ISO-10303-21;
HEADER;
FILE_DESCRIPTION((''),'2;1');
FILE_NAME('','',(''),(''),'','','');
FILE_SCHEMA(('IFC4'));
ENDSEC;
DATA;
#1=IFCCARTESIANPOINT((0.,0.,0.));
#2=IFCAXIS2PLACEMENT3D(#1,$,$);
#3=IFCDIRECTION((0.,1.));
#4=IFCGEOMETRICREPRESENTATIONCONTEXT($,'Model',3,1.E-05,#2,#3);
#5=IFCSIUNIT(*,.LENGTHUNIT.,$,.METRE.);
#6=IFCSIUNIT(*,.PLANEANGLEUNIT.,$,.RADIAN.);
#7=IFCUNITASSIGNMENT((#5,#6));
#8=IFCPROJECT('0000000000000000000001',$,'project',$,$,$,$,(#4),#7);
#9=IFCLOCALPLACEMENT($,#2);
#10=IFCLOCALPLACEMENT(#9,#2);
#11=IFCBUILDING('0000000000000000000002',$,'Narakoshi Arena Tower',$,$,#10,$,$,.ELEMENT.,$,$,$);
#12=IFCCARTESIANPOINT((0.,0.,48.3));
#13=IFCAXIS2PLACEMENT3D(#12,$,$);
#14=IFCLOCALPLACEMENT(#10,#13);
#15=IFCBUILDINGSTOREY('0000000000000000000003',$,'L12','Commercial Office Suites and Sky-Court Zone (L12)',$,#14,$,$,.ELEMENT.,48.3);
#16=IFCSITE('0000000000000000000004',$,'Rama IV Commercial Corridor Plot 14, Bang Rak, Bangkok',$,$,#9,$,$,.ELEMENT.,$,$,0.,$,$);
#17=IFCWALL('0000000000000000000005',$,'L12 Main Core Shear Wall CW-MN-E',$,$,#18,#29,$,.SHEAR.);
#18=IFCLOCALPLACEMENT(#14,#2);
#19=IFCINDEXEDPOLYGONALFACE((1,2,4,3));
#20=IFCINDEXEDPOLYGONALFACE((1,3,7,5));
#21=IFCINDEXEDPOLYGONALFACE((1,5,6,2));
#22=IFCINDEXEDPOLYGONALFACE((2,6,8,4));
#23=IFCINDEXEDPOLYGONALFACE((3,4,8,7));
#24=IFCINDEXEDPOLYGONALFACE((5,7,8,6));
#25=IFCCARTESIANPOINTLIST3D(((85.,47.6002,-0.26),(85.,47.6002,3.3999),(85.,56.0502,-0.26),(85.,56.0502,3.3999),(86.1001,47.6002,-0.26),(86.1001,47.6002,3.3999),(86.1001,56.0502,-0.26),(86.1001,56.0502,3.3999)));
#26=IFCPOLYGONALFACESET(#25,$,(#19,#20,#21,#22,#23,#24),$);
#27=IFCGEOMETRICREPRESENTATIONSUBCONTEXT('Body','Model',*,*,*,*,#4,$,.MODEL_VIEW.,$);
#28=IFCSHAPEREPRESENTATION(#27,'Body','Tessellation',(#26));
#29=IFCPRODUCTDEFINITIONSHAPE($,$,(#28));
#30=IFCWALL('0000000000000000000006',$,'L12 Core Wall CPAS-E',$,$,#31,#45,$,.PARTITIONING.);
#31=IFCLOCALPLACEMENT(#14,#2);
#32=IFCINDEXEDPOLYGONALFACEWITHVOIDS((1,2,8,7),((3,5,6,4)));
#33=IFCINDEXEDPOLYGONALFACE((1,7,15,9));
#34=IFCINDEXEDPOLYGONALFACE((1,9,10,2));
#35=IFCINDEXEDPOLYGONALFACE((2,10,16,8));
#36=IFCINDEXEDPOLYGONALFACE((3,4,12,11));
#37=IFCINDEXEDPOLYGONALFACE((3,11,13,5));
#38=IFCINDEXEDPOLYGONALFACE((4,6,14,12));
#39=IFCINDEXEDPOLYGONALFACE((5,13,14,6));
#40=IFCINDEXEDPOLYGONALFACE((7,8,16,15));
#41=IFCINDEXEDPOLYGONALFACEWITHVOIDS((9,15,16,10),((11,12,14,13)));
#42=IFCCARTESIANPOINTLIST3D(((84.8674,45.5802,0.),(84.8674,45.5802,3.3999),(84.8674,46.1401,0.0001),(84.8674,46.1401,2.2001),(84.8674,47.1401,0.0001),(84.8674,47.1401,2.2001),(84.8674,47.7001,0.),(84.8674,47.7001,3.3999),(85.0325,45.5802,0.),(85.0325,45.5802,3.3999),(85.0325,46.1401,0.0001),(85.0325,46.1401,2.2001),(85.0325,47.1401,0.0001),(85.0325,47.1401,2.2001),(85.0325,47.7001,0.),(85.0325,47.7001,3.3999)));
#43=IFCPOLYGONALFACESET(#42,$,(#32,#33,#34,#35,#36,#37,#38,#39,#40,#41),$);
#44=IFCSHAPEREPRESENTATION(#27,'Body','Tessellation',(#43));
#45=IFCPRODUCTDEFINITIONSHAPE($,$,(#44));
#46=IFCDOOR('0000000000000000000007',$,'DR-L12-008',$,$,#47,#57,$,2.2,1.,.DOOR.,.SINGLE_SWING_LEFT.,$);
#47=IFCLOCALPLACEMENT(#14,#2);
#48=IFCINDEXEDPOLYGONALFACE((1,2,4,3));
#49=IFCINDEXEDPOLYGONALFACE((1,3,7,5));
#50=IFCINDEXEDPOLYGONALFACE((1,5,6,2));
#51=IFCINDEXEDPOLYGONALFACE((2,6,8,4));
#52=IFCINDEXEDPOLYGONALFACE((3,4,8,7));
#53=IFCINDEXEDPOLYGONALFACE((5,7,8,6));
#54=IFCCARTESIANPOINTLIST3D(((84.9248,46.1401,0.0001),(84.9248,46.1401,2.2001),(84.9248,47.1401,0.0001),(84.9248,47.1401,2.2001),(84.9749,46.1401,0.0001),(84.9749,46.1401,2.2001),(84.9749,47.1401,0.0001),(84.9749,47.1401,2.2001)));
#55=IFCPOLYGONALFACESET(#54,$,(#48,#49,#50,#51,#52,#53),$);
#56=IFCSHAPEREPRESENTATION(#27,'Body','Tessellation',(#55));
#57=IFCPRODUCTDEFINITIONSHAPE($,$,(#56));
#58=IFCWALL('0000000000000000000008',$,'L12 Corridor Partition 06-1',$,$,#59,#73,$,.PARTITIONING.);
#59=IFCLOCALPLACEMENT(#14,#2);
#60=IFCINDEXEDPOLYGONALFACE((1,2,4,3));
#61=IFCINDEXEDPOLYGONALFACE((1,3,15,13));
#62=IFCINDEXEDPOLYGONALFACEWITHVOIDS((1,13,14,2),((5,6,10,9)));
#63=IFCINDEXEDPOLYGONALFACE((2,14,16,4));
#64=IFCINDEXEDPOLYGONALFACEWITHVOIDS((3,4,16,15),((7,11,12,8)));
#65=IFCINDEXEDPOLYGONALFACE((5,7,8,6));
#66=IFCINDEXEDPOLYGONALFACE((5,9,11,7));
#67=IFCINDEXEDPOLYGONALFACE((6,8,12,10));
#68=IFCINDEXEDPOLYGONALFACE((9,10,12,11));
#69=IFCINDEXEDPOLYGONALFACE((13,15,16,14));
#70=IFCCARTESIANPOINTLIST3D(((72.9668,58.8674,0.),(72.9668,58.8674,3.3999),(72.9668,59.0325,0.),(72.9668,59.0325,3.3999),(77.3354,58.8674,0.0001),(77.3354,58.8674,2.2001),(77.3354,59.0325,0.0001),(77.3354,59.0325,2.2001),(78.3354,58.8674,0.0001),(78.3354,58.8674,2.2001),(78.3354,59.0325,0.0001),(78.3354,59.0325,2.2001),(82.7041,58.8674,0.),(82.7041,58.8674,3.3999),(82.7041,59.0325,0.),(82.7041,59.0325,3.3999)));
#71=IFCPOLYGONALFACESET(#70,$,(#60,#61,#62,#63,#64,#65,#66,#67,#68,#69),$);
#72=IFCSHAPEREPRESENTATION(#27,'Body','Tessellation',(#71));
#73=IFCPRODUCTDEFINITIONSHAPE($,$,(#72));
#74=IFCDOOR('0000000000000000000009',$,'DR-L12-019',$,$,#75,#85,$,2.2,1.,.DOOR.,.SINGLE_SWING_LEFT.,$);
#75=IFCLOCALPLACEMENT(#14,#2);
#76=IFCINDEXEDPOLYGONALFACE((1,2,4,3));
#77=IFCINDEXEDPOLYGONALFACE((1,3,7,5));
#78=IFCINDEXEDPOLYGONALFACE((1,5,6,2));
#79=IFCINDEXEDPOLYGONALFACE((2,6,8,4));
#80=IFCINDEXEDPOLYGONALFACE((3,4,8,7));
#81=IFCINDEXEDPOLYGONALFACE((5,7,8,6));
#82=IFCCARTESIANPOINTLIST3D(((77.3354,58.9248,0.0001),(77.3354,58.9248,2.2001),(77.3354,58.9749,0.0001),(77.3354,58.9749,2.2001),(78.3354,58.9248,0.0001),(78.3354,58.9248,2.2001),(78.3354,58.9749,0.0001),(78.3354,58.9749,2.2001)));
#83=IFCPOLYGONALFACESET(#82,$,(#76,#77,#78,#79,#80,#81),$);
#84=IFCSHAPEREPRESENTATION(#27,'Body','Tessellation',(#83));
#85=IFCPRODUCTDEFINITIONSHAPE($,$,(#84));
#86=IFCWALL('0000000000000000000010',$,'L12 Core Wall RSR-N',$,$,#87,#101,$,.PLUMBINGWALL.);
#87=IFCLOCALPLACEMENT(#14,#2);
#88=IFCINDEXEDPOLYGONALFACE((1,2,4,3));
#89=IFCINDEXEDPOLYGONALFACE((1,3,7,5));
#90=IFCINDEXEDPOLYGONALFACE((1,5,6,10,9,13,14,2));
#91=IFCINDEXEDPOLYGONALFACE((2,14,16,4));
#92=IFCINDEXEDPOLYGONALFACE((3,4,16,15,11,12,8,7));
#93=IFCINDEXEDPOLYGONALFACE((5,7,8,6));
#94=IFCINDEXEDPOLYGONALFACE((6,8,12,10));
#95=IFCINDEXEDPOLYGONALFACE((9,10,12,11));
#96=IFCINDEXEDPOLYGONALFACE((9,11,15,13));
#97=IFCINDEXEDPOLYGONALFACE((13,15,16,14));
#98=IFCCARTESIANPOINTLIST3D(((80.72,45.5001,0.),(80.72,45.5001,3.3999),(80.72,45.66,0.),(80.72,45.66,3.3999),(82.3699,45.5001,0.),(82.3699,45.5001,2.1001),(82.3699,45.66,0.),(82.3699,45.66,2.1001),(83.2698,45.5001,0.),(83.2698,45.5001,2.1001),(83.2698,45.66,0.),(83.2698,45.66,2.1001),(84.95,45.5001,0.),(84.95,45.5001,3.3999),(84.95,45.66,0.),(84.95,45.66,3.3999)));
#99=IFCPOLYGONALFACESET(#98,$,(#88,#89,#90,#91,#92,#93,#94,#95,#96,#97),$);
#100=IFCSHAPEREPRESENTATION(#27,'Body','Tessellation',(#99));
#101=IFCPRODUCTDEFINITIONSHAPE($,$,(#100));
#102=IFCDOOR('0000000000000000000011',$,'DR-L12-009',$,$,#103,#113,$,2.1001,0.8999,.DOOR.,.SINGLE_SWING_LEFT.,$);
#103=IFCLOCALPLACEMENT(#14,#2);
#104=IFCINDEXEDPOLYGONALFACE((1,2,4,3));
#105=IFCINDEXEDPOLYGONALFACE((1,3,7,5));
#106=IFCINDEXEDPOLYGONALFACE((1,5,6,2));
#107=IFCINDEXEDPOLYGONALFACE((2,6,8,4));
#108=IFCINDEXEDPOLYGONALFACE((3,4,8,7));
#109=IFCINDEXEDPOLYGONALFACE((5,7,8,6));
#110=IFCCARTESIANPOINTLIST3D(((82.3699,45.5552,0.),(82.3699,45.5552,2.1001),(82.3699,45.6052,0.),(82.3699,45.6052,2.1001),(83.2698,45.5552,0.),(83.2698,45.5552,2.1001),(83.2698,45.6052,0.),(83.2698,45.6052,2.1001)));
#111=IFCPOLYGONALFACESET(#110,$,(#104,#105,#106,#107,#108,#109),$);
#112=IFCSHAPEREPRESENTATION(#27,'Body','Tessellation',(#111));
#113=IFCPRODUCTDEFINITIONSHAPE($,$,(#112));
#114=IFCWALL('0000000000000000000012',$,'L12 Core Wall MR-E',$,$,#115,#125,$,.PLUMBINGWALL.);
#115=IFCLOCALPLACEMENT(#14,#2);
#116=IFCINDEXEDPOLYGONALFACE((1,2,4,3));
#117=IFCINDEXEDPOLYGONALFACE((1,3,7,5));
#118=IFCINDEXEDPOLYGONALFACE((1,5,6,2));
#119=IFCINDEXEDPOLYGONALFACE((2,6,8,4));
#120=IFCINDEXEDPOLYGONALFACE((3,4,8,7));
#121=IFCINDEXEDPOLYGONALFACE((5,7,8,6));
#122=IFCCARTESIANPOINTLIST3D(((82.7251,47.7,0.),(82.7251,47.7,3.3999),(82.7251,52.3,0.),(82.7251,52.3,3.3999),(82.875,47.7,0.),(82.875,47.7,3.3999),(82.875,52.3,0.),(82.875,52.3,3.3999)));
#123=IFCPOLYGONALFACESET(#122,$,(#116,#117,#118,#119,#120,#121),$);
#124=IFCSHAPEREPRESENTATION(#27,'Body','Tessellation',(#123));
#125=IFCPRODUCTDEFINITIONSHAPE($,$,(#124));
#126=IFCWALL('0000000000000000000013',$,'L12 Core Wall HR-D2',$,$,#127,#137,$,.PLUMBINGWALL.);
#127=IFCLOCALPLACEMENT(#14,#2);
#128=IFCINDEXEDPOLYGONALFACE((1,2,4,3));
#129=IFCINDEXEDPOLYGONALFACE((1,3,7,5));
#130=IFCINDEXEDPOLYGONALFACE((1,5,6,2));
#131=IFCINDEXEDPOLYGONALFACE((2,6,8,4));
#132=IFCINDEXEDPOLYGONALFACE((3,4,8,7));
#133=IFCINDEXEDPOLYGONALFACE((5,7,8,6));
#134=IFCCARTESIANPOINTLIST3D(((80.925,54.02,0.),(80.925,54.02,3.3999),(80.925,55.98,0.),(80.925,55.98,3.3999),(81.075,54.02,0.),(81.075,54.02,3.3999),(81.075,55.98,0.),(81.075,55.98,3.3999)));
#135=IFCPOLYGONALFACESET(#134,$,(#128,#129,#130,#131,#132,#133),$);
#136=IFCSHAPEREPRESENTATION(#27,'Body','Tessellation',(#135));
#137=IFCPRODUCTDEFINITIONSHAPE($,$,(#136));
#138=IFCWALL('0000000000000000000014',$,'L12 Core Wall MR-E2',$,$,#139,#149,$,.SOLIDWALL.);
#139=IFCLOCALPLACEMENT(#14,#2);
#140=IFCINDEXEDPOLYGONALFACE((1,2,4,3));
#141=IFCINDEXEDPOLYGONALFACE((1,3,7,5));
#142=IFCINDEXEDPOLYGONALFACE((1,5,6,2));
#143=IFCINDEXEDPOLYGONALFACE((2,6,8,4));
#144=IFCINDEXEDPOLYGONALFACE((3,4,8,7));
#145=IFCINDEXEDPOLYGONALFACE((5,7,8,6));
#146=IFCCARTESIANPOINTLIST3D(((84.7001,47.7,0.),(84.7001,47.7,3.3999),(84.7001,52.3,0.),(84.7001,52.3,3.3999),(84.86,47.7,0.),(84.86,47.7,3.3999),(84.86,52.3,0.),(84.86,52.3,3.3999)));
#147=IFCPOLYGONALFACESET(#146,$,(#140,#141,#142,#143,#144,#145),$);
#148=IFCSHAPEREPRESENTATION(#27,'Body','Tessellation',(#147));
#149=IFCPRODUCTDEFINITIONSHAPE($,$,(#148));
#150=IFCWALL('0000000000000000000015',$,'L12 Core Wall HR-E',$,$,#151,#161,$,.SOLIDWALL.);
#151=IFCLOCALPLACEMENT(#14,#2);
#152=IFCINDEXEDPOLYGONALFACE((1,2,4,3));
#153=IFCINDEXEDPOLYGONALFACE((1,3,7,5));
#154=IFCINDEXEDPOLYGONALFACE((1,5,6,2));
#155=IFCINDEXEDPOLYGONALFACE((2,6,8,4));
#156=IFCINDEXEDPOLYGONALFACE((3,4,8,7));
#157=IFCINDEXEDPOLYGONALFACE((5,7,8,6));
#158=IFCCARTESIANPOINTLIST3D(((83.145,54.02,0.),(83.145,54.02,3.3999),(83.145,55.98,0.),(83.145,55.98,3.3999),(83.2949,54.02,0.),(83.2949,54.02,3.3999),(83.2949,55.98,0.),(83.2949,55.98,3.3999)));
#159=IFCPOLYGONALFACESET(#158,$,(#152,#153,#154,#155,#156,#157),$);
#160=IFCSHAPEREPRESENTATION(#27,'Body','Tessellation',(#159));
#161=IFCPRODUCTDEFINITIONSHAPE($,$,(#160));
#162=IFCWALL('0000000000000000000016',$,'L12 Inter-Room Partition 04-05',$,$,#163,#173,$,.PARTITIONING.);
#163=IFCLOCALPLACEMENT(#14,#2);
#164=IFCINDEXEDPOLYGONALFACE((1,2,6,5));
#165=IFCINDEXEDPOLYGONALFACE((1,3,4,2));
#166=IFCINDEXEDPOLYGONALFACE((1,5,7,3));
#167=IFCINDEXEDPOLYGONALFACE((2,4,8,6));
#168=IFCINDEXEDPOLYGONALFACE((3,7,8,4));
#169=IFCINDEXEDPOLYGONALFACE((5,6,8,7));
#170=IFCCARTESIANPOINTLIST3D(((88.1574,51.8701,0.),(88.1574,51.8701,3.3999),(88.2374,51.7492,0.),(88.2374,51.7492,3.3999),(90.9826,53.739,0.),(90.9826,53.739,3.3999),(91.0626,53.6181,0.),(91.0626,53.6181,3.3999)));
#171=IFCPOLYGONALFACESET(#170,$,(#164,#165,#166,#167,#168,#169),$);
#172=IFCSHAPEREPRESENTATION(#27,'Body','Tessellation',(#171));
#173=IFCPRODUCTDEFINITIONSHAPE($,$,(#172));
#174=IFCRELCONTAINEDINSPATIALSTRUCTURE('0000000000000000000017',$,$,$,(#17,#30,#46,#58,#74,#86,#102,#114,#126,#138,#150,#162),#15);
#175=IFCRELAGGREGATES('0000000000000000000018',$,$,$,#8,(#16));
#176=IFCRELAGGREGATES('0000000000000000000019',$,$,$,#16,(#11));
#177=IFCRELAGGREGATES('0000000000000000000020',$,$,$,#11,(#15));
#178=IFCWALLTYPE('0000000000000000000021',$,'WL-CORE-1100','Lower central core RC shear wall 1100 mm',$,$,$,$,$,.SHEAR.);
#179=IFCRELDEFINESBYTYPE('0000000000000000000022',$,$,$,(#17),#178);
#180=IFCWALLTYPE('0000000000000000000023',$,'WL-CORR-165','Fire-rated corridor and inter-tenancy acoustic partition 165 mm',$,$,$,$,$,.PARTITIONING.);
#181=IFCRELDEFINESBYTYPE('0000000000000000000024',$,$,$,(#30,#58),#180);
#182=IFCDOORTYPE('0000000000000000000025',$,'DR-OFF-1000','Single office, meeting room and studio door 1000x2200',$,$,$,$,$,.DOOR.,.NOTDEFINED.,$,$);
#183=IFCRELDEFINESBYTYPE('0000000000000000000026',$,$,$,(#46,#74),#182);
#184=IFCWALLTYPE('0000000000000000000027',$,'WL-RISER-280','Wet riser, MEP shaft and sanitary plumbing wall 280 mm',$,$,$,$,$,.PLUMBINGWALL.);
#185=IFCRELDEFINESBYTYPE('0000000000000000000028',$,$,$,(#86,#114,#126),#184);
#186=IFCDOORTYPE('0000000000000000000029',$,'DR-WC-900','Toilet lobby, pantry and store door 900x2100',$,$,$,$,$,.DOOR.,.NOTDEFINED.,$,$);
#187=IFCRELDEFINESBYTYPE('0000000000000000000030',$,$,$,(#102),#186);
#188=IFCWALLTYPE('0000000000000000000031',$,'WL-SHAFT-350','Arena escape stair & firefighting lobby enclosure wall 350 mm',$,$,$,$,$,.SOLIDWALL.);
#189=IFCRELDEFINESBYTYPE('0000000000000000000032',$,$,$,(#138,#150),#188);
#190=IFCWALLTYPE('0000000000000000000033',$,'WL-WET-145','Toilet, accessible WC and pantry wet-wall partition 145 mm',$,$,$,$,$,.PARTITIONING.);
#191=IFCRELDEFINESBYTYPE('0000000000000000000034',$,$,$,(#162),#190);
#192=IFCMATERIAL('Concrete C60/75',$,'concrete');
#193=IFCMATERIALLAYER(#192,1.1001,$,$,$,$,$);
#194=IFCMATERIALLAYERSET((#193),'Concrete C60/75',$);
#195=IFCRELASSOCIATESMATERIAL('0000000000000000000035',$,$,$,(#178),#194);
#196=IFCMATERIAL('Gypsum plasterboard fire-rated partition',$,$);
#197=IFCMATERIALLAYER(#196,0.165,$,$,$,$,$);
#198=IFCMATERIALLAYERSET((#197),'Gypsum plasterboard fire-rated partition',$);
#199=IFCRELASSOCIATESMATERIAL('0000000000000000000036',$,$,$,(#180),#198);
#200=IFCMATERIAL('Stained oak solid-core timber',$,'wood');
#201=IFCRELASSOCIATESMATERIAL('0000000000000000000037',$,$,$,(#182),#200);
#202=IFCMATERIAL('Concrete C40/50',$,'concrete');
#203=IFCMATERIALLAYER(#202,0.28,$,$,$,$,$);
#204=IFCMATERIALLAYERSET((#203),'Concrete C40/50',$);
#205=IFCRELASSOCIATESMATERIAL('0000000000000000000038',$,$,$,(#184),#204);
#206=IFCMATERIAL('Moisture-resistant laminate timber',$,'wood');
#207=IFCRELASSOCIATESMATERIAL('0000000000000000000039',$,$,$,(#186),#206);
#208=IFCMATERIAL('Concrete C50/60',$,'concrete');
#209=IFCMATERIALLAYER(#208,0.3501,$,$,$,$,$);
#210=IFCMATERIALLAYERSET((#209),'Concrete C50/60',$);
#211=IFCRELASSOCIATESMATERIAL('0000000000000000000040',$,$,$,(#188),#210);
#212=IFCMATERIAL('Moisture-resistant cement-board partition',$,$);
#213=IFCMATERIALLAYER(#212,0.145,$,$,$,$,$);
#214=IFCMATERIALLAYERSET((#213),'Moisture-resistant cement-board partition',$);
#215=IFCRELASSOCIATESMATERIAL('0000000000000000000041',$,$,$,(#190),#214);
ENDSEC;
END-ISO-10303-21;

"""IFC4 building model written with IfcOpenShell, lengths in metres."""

from ifc_helpers import new_model, si_unit, direction, frame, frame_2d, origin, place, context, subcontext, project, spatial, rectangle, extrude, material, layer, layer_set, type_object, element, fill, save


model = new_model("IFC4")

# Units and contexts
model_context = context("Model", 3, precision=1e-05, world=origin(), true_north=direction((0.0, 1.0)))
body_context = subcontext(model_context, "Body", "Model", "MODEL_VIEW")
ifc_project = project(units=[si_unit("LENGTHUNIT", "METRE"), si_unit("PLANEANGLEUNIT", "RADIAN")], contexts=[model_context])

# Site, building, storey
site_placement = place(None, origin())
site = spatial("IfcSite", under=ifc_project, at=site_placement, Name="Rama IV Commercial Corridor Plot 14, Bang Rak, Bangkok", CompositionType="ELEMENT", RefElevation=0.0)
building_placement = place(site_placement, origin())
building = spatial("IfcBuilding", under=site, at=building_placement, Name="Narakoshi Arena Tower", CompositionType="ELEMENT")
storey_placement = place(building_placement, frame((0.0, 0.0, 48.3)))
storey = spatial("IfcBuildingStorey", under=building, at=storey_placement, Name="L12", Description="Commercial Office Suites and Sky-Court Zone (L12)", CompositionType="ELEMENT", Elevation=48.3)

# Shared definitions
ifc_material_1 = material(Name="Concrete C60/75", Category="concrete")

# Wall
ifc_layer_1 = layer(ifc_material_1, 1.1001)
ifc_layer_set_1 = layer_set([ifc_layer_1], Name="Concrete C60/75")
wall_type_1 = type_object("IfcWallType", Name="WL-CORE-1100", Description="Lower central core RC shear wall 1100 mm", PredefinedType="SHEAR", material=ifc_layer_set_1)
wall_1_placement = place(storey_placement, frame((85.55, 47.6001, -0.26), z_axis=(0.0, 0.0, 1.0), x_axis=(0.0, 1.0, 0.0)))
element("IfcWall", 1, at=wall_1_placement, inside=storey, type_object=wall_type_1, Name="L12 Main Core Shear Wall CW-MN-E", PredefinedType="SHEAR", context=body_context, shape_type="SweptSolid", body=[
    extrude(rectangle(XDim=8.45, YDim=1.1001, at=frame_2d((4.2251, 0.0))), origin(), (0.0, 0.0, 1.0), 3.6599),
])

# Walls, openings, doors
ifc_material_2 = material(Name="Gypsum plasterboard fire-rated partition")
ifc_layer_2 = layer(ifc_material_2, 0.165)
ifc_layer_set_2 = layer_set([ifc_layer_2], Name="Gypsum plasterboard fire-rated partition")
wall_type_2 = type_object("IfcWallType", Name="WL-CORR-165", Description="Fire-rated corridor and inter-tenancy acoustic partition 165 mm", PredefinedType="PARTITIONING", material=ifc_layer_set_2)
wall_2_placement = place(storey_placement, frame((84.95, 45.5801, 0.0), z_axis=(0.0, 0.0, 1.0), x_axis=(0.0, 1.0, 0.0)))
wall_2 = element("IfcWall", 2, at=wall_2_placement, inside=storey, type_object=wall_type_2, Name="L12 Core Wall CPAS-E", PredefinedType="PARTITIONING", context=body_context, shape_type="SweptSolid", body=[
    extrude(rectangle(XDim=2.1199, YDim=0.165, at=frame_2d((1.0601, 0.0))), origin(), (0.0, 0.0, 1.0), 3.3999),
])
opening_1_placement = place(wall_2_placement, frame((0.5601, 0.0, 0.0)))
opening_1 = element("IfcOpeningElement", 3, at=opening_1_placement, cuts=wall_2, PredefinedType="OPENING", context=body_context, shape_type="SweptSolid", body=[
    extrude(rectangle(XDim=1.0, YDim=2.2, at=frame_2d((0.5, 1.1001))), frame((0.0, 0.0925, 0.0), z_axis=(0.0, -1.0, 0.0), x_axis=(1.0, 0.0, 0.0)), (0.0, 0.0, 1.0), 0.1851),
])
ifc_material_3 = material(Name="Stained oak solid-core timber", Category="wood")
door_type_1 = type_object("IfcDoorType", Name="DR-OFF-1000", Description="Single office, meeting room and studio door 1000x2200", OperationType="NOTDEFINED", PredefinedType="DOOR", material=ifc_material_3)
door_1_placement = place(opening_1_placement, frame((1.0, 0.0, 0.0), z_axis=(0.0, 0.0, 1.0), x_axis=(-1.0, 0.0, 0.0)))
door_1 = element("IfcDoor", 4, at=door_1_placement, inside=storey, type_object=door_type_1, Name="DR-L12-008", OperationType="SINGLE_SWING_LEFT", OverallHeight=2.2, OverallWidth=1.0, PredefinedType="DOOR", context=body_context, shape_type="SweptSolid", body=[
    extrude(rectangle(XDim=1.0, YDim=2.2, at=frame_2d((0.5, 1.1001))), frame((0.0, 0.0249, 0.0), z_axis=(0.0, -1.0, 0.0), x_axis=(1.0, 0.0, 0.0)), (0.0, 0.0, 1.0), 0.05),
])
fill(opening_1, door_1)
wall_3_placement = place(storey_placement, frame((82.7041, 58.95, 0.0), z_axis=(0.0, 0.0, 1.0), x_axis=(-1.0, 0.0, 0.0)))
wall_3 = element("IfcWall", 5, at=wall_3_placement, inside=storey, type_object=wall_type_2, Name="L12 Corridor Partition 06-1", PredefinedType="PARTITIONING", context=body_context, shape_type="SweptSolid", body=[
    extrude(rectangle(XDim=9.7373, YDim=0.165, at=frame_2d((4.8687, 0.0))), origin(), (0.0, 0.0, 1.0), 3.3999),
])
opening_2_placement = place(wall_3_placement, frame((4.3687, 0.0, 0.0)))
opening_2 = element("IfcOpeningElement", 6, at=opening_2_placement, cuts=wall_3, PredefinedType="OPENING", context=body_context, shape_type="SweptSolid", body=[
    extrude(rectangle(XDim=1.0, YDim=2.2, at=frame_2d((0.5, 1.1001))), frame((0.0, 0.0925, 0.0), z_axis=(0.0, -1.0, 0.0), x_axis=(1.0, 0.0, 0.0)), (0.0, 0.0, 1.0), 0.1851),
])
door_2_placement = place(opening_2_placement, frame((1.0, 0.0, 0.0), z_axis=(0.0, 0.0, 1.0), x_axis=(-1.0, 0.0, 0.0)))
door_2 = element("IfcDoor", 7, at=door_2_placement, inside=storey, type_object=door_type_1, Name="DR-L12-019", OperationType="SINGLE_SWING_LEFT", OverallHeight=2.2, OverallWidth=1.0, PredefinedType="DOOR", context=body_context, shape_type="SweptSolid", body=[
    extrude(rectangle(XDim=1.0, YDim=2.2, at=frame_2d((0.5, 1.1001))), frame((0.0, 0.0249, 0.0), z_axis=(0.0, -1.0, 0.0), x_axis=(1.0, 0.0, 0.0)), (0.0, 0.0, 1.0), 0.05),
])
fill(opening_2, door_2)
ifc_material_4 = material(Name="Concrete C40/50", Category="concrete")
ifc_layer_3 = layer(ifc_material_4, 0.28)
ifc_layer_set_3 = layer_set([ifc_layer_3], Name="Concrete C40/50")
wall_type_3 = type_object("IfcWallType", Name="WL-RISER-280", Description="Wet riser, MEP shaft and sanitary plumbing wall 280 mm", PredefinedType="PLUMBINGWALL", material=ifc_layer_set_3)
wall_4_placement = place(storey_placement, frame((80.72, 45.5801, 0.0), z_axis=(0.0, 0.0, 1.0), x_axis=(1.0, 0.0, 0.0)))
wall_4 = element("IfcWall", 8, at=wall_4_placement, inside=storey, type_object=wall_type_3, Name="L12 Core Wall RSR-N", PredefinedType="PLUMBINGWALL", context=body_context, shape_type="SweptSolid", body=[
    extrude(rectangle(XDim=4.23, YDim=0.1599, at=frame_2d((2.115, 0.0))), origin(), (0.0, 0.0, 1.0), 3.3999),
])
opening_3_placement = place(wall_4_placement, frame((1.6499, 0.0, 0.0)))
opening_3 = element("IfcOpeningElement", 9, at=opening_3_placement, cuts=wall_4, PredefinedType="OPENING", context=body_context, shape_type="SweptSolid", body=[
    extrude(rectangle(XDim=0.8999, YDim=2.1001, at=frame_2d((0.45, 1.05))), frame((0.0, 0.0898, 0.0), z_axis=(0.0, -1.0, 0.0), x_axis=(1.0, 0.0, 0.0)), (0.0, 0.0, 1.0), 0.1799),
])
ifc_material_5 = material(Name="Moisture-resistant laminate timber", Category="wood")
door_type_2 = type_object("IfcDoorType", Name="DR-WC-900", Description="Toilet lobby, pantry and store door 900x2100", OperationType="NOTDEFINED", PredefinedType="DOOR", material=ifc_material_5)
door_3_placement = place(opening_3_placement, frame((0.8999, 0.0, 0.0), z_axis=(0.0, 0.0, 1.0), x_axis=(-1.0, 0.0, 0.0)))
door_3 = element("IfcDoor", 10, at=door_3_placement, inside=storey, type_object=door_type_2, Name="DR-L12-009", OperationType="SINGLE_SWING_LEFT", OverallHeight=2.1001, OverallWidth=0.8999, PredefinedType="DOOR", context=body_context, shape_type="SweptSolid", body=[
    extrude(rectangle(XDim=0.8999, YDim=2.1001, at=frame_2d((0.45, 1.05))), frame((0.0, 0.0249, 0.0), z_axis=(0.0, -1.0, 0.0), x_axis=(1.0, 0.0, 0.0)), (0.0, 0.0, 1.0), 0.05),
])
fill(opening_3, door_3)

# Walls
wall_5_placement = place(storey_placement, frame((82.8, 47.7, 0.0), z_axis=(0.0, 0.0, 1.0), x_axis=(0.0, 1.0, 0.0)))
element("IfcWall", 11, at=wall_5_placement, inside=storey, type_object=wall_type_3, Name="L12 Core Wall MR-E", PredefinedType="PLUMBINGWALL", context=body_context, shape_type="SweptSolid", body=[
    extrude(rectangle(XDim=4.6001, YDim=0.1499, at=frame_2d((2.3, 0.0))), origin(), (0.0, 0.0, 1.0), 3.3999),
])
wall_6_placement = place(storey_placement, frame((81.0, 54.02, 0.0), z_axis=(0.0, 0.0, 1.0), x_axis=(0.0, 1.0, 0.0)))
element("IfcWall", 12, at=wall_6_placement, inside=storey, type_object=wall_type_3, Name="L12 Core Wall HR-D2", PredefinedType="PLUMBINGWALL", context=body_context, shape_type="SweptSolid", body=[
    extrude(rectangle(XDim=1.96, YDim=0.1499, at=frame_2d((0.98, 0.0))), origin(), (0.0, 0.0, 1.0), 3.3999),
])
ifc_material_6 = material(Name="Concrete C50/60", Category="concrete")
ifc_layer_4 = layer(ifc_material_6, 0.3501)
ifc_layer_set_4 = layer_set([ifc_layer_4], Name="Concrete C50/60")
wall_type_4 = type_object("IfcWallType", Name="WL-SHAFT-350", Description="Arena escape stair & firefighting lobby enclosure wall 350 mm", PredefinedType="SOLIDWALL", material=ifc_layer_set_4)
wall_7_placement = place(storey_placement, frame((84.78, 47.7, 0.0), z_axis=(0.0, 0.0, 1.0), x_axis=(0.0, 1.0, 0.0)))
element("IfcWall", 13, at=wall_7_placement, inside=storey, type_object=wall_type_4, Name="L12 Core Wall MR-E2", PredefinedType="SOLIDWALL", context=body_context, shape_type="SweptSolid", body=[
    extrude(rectangle(XDim=4.6001, YDim=0.1599, at=frame_2d((2.3, 0.0))), origin(), (0.0, 0.0, 1.0), 3.3999),
])
wall_8_placement = place(storey_placement, frame((83.22, 54.02, 0.0), z_axis=(0.0, 0.0, 1.0), x_axis=(0.0, 1.0, 0.0)))
element("IfcWall", 14, at=wall_8_placement, inside=storey, type_object=wall_type_4, Name="L12 Core Wall HR-E", PredefinedType="SOLIDWALL", context=body_context, shape_type="SweptSolid", body=[
    extrude(rectangle(XDim=1.96, YDim=0.1499, at=frame_2d((0.98, 0.0))), origin(), (0.0, 0.0, 1.0), 3.3999),
])
ifc_material_7 = material(Name="Moisture-resistant cement-board partition")
ifc_layer_5 = layer(ifc_material_7, 0.145)
ifc_layer_set_5 = layer_set([ifc_layer_5], Name="Moisture-resistant cement-board partition")
wall_type_5 = type_object("IfcWallType", Name="WL-WET-145", Description="Toilet, accessible WC and pantry wet-wall partition 145 mm", PredefinedType="PARTITIONING", material=ifc_layer_set_5)
wall_9_placement = place(storey_placement, frame((88.1973, 51.8096, 0.0), z_axis=(0.0, 0.0, 1.0), x_axis=(0.83403, 0.551719, 0.0)))
element("IfcWall", 15, at=wall_9_placement, inside=storey, type_object=wall_type_5, Name="L12 Inter-Room Partition 04-05", PredefinedType="PARTITIONING", context=body_context, shape_type="SweptSolid", body=[
    extrude(rectangle(XDim=3.3875, YDim=0.145, at=frame_2d((1.6938, 0.0))), origin(), (0.0, 0.0, 1.0), 3.3999),
])

save(model, "model.ifc")
